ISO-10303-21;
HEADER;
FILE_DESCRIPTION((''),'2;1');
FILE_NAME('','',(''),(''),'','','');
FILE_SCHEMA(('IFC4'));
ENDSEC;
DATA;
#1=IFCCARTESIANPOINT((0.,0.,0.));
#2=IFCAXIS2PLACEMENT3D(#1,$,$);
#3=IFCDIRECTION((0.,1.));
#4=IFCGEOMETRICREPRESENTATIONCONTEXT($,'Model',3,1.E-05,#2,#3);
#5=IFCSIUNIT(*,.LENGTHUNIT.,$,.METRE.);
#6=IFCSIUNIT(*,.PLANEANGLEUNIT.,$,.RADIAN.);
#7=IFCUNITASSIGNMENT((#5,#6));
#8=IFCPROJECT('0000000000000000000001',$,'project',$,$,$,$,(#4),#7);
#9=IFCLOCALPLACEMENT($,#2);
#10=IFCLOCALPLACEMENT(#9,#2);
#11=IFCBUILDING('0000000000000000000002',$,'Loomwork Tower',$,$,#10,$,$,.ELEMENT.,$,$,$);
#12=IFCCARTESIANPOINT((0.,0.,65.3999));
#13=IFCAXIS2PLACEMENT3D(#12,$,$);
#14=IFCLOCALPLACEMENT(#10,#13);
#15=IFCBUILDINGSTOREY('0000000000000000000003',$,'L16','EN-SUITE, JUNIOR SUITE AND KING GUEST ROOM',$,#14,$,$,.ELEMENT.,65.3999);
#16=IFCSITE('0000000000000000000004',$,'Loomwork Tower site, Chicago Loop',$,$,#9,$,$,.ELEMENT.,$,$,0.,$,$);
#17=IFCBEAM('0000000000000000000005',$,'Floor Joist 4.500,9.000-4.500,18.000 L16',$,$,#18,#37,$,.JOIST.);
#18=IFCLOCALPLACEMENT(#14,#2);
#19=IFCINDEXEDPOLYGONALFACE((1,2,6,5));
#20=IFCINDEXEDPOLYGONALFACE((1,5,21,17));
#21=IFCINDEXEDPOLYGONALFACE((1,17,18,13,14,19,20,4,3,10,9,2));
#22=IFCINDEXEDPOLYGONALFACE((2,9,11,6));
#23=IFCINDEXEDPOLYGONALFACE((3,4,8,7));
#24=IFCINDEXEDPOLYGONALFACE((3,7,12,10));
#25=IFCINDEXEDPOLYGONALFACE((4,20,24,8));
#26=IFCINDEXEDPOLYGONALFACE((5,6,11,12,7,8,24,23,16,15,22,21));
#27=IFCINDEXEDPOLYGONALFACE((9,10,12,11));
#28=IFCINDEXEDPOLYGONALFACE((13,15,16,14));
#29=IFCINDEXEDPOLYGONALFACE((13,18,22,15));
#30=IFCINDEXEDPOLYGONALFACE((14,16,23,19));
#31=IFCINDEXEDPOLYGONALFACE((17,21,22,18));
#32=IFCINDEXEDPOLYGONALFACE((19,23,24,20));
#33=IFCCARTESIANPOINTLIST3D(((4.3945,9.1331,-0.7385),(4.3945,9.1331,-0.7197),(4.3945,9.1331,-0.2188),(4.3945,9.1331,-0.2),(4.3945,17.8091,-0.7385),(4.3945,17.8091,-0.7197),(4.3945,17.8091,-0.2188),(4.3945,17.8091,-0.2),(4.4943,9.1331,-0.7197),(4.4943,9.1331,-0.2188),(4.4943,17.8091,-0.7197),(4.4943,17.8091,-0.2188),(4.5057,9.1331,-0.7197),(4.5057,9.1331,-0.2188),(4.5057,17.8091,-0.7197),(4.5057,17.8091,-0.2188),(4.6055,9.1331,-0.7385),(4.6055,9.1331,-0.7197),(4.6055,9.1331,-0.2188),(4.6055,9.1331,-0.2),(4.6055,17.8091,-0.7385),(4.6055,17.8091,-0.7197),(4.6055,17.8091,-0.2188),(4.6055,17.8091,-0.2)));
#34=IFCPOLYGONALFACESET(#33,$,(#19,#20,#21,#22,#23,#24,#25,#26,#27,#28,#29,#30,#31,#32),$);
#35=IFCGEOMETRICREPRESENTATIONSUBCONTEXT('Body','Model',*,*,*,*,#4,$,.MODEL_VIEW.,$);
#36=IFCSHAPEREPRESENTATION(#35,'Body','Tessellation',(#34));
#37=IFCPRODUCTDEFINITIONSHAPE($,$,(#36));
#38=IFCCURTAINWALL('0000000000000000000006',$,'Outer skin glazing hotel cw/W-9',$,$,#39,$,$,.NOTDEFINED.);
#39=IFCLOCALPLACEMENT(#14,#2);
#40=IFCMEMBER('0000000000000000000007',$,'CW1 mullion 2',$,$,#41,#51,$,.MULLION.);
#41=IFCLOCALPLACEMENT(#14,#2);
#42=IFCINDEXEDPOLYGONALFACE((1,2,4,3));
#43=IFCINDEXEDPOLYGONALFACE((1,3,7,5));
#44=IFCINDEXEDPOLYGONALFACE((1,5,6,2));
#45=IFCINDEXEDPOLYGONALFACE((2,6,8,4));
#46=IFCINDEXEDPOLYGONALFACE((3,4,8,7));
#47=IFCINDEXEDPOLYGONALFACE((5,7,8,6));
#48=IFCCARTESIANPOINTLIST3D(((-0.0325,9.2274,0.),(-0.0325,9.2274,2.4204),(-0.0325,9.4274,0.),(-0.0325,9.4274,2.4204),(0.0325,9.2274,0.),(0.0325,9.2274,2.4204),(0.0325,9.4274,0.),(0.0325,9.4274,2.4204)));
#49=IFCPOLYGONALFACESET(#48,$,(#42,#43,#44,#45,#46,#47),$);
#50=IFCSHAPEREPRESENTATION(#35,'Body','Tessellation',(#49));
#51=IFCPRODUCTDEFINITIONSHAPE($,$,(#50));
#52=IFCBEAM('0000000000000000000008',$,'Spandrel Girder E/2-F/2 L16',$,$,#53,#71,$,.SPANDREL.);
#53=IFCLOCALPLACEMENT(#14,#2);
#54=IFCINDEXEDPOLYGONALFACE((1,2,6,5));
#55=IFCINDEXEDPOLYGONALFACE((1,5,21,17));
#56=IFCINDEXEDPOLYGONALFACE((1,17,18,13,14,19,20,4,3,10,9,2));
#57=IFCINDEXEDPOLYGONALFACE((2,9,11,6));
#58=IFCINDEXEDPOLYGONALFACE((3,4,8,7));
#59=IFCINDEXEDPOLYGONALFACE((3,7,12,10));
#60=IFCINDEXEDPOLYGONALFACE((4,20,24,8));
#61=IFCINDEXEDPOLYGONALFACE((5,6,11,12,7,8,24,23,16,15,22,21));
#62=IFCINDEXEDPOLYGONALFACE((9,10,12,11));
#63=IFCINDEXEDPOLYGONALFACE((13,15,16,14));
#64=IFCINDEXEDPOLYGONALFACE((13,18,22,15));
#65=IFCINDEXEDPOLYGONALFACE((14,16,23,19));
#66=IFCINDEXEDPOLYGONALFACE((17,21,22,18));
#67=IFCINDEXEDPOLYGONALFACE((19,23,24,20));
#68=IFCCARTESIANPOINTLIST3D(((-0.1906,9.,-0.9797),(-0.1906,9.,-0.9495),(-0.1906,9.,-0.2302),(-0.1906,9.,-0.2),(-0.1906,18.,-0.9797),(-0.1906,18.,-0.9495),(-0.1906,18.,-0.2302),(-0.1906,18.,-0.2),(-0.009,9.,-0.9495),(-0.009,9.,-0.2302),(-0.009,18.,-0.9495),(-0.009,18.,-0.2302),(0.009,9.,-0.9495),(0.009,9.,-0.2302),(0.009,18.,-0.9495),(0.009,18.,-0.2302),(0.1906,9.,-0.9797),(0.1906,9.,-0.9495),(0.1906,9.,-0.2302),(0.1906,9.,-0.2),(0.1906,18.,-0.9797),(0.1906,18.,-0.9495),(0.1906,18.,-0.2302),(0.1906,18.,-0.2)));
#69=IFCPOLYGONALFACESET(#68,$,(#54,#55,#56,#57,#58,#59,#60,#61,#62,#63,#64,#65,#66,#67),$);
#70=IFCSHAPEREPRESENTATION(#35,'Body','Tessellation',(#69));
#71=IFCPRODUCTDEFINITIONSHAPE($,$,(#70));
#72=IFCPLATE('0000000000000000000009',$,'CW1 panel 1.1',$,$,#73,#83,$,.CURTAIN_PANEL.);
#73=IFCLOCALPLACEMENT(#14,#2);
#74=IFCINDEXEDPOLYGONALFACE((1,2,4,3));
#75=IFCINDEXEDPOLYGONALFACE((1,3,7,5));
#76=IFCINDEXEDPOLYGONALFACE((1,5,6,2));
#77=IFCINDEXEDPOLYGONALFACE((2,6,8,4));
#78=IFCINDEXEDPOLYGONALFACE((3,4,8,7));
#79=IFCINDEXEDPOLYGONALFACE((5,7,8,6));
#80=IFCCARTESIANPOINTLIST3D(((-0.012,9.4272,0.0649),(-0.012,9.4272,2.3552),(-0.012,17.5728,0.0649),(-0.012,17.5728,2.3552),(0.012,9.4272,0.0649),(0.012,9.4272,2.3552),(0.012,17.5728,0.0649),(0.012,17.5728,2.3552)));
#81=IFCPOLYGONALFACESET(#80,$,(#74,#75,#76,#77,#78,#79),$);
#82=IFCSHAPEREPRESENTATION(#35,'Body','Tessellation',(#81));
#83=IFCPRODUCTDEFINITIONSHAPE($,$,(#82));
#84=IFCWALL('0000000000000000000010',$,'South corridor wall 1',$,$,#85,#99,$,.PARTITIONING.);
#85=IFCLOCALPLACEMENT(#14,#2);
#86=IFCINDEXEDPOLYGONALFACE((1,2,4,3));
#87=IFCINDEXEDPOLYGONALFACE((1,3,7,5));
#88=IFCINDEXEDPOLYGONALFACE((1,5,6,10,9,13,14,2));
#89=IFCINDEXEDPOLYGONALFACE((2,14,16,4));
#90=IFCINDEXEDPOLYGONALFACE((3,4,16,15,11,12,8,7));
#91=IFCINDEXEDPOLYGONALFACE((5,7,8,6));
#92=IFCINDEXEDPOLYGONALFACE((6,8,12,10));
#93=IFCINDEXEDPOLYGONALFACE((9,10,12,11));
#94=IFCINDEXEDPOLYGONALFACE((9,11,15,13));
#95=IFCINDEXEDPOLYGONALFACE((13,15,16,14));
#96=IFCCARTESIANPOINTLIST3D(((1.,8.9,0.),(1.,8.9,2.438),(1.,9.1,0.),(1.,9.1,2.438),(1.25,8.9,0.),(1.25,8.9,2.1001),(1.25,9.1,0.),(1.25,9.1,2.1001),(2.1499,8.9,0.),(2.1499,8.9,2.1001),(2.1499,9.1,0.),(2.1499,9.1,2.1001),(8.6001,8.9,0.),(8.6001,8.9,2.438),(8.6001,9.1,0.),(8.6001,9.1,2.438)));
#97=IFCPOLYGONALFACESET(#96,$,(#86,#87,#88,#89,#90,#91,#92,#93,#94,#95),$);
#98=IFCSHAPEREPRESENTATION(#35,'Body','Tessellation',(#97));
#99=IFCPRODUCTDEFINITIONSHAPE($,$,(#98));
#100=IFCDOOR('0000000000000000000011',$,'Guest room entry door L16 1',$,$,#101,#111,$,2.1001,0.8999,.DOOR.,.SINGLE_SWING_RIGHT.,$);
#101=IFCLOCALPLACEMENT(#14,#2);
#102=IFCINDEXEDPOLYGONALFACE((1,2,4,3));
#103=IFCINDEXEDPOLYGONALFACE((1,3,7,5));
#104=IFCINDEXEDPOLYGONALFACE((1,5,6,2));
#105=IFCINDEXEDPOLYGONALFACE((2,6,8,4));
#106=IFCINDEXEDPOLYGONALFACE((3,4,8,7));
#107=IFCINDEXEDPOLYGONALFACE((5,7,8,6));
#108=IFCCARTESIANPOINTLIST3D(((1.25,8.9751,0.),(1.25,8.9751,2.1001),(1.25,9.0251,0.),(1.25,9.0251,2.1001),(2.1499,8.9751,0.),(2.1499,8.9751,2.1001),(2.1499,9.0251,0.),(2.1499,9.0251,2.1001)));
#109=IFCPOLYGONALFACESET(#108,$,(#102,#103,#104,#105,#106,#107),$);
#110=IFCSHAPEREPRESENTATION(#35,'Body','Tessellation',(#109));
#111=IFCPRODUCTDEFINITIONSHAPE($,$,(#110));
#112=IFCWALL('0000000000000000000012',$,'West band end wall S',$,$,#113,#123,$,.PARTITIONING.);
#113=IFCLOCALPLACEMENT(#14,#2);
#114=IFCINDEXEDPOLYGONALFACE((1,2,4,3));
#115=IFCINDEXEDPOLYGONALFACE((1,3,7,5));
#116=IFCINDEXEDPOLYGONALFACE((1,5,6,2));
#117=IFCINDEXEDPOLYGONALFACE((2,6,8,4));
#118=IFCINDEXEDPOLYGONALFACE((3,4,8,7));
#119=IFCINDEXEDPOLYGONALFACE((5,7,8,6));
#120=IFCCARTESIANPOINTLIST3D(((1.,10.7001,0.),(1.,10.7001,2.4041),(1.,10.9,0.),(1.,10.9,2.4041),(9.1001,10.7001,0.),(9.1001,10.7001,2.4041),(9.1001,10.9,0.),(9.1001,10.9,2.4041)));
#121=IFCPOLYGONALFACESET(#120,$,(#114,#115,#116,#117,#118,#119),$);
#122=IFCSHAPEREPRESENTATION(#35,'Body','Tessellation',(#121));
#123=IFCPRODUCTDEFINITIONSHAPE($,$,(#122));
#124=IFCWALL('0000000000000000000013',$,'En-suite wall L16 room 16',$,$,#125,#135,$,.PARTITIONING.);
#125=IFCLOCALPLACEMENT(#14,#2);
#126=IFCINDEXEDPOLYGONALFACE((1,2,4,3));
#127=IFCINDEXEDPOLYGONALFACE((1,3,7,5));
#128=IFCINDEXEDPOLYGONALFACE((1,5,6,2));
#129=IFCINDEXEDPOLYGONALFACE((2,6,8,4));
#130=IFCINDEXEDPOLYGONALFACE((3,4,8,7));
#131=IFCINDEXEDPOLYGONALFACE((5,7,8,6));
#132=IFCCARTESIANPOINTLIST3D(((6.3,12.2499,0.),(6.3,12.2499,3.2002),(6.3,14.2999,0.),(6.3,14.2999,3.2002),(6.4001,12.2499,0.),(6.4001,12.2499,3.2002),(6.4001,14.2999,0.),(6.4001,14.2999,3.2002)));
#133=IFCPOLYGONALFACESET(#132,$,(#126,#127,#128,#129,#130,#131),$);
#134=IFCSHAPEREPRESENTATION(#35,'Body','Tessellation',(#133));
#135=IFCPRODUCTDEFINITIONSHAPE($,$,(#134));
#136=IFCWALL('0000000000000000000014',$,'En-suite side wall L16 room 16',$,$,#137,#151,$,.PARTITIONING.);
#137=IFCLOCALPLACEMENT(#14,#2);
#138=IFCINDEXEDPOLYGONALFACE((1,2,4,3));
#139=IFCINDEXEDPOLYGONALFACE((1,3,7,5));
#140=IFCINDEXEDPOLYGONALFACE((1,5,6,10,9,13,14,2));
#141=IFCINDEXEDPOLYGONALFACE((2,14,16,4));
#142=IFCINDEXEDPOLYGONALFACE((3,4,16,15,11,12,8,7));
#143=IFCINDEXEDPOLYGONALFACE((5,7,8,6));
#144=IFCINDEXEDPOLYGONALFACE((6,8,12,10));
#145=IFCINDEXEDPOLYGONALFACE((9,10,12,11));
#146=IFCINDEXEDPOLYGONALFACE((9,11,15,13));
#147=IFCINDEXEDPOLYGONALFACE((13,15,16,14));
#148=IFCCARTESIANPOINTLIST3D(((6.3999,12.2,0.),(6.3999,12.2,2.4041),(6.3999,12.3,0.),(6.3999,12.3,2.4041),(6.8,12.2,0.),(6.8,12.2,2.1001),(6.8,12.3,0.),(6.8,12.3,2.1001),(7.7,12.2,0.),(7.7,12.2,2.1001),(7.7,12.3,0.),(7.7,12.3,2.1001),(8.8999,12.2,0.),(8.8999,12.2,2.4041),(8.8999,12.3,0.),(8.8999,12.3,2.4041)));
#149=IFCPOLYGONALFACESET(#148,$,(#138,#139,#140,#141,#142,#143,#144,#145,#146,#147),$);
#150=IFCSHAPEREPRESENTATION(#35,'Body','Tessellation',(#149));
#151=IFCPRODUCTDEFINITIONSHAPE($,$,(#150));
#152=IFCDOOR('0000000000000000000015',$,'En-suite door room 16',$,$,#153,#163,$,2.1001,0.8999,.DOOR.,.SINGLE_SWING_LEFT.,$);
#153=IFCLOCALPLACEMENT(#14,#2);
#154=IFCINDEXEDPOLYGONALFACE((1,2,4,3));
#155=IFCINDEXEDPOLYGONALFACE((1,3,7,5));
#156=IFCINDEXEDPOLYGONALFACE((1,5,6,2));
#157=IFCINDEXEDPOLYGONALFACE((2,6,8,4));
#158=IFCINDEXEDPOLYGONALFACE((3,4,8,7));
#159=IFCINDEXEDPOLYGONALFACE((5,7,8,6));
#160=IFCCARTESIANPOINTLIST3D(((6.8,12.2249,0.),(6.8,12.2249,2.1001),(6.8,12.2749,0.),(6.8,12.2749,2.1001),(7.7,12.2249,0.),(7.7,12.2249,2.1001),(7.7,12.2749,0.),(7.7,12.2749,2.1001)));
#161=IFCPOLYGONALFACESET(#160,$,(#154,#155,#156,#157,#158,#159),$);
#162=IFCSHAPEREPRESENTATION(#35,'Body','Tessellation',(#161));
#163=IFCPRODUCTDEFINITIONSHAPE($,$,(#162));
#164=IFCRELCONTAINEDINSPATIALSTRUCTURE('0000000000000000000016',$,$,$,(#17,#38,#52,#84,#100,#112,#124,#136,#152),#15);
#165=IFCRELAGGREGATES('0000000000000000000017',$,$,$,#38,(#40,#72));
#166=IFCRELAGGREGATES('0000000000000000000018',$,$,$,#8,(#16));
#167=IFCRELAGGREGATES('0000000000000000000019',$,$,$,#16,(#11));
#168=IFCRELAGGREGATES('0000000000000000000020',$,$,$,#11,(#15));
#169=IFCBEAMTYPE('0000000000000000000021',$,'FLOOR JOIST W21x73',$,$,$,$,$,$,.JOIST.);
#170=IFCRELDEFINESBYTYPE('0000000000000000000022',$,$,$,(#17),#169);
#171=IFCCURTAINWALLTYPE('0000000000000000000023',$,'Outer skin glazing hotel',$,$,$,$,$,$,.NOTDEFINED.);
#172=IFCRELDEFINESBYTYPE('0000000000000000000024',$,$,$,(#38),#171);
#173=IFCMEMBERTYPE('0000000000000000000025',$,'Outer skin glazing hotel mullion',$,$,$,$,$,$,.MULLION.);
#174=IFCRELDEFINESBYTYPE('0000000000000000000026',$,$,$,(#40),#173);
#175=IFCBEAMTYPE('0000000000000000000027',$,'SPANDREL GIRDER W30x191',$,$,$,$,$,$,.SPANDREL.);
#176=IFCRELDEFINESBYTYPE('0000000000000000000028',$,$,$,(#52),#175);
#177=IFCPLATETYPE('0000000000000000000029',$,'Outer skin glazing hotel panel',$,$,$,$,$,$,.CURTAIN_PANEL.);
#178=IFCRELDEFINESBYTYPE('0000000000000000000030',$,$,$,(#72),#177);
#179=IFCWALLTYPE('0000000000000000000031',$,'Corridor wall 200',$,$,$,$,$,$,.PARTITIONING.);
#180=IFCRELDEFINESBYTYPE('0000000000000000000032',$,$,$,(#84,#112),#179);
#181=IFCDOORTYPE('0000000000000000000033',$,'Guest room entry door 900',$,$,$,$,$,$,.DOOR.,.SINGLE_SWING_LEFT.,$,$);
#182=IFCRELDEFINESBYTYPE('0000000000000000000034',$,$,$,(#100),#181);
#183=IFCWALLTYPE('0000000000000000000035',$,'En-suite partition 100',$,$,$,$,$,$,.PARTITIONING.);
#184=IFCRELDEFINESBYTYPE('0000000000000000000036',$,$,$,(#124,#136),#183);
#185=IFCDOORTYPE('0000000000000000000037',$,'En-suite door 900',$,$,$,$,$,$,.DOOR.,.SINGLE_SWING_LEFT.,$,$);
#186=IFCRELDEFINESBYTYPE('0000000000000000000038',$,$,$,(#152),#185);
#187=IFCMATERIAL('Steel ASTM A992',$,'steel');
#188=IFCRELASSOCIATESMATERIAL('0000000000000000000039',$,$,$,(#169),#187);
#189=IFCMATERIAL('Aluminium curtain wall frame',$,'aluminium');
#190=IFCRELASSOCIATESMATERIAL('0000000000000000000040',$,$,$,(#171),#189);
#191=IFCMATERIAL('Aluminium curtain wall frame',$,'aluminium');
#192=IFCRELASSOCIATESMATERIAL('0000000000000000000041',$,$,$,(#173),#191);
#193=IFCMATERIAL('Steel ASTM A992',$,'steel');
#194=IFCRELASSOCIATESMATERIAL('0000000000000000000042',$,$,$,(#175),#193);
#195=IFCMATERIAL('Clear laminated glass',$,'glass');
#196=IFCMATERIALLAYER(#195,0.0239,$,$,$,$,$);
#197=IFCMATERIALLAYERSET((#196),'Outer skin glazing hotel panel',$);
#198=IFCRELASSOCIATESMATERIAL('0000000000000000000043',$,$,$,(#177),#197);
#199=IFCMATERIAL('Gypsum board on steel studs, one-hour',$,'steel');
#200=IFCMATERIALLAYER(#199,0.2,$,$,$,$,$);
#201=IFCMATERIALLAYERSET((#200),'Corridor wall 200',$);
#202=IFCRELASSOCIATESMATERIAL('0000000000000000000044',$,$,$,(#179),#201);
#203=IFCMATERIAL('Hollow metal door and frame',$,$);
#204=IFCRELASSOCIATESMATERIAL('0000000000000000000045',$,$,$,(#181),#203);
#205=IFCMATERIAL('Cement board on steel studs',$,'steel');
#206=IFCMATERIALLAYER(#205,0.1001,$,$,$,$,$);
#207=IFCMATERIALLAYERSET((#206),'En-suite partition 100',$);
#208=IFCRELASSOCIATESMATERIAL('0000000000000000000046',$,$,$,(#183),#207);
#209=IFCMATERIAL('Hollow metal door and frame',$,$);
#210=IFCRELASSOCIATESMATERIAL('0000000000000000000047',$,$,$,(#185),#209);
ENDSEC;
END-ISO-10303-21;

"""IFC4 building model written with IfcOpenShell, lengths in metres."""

from ifc_helpers import new_model, si_unit, direction, frame, frame_2d, origin, origin_2d, place, context, subcontext, project, spatial, rectangle, i_section, extrude, material, layer, layer_set, material_profile, profile_set, type_object, element, fill, aggregate, save


model = new_model("IFC4")

# Units and contexts
model_context = context("Model", 3, precision=1e-05, world=origin(), true_north=direction((0.0, 1.0)))
body_context = subcontext(model_context, "Body", "Model", "MODEL_VIEW")
ifc_project = project(units=[si_unit("LENGTHUNIT", "METRE"), si_unit("PLANEANGLEUNIT", "RADIAN")], contexts=[model_context])

# Site, building, storey
site_placement = place(None, origin())
site = spatial("IfcSite", under=ifc_project, at=site_placement, Name="Loomwork Tower site, Chicago Loop", CompositionType="ELEMENT", RefElevation=0.0)
building_placement = place(site_placement, origin())
building = spatial("IfcBuilding", under=site, at=building_placement, Name="Loomwork Tower", CompositionType="ELEMENT")
storey_placement = place(building_placement, frame((0.0, 0.0, 65.3999)))
storey = spatial("IfcBuildingStorey", under=building, at=storey_placement, Name="L16", Description="EN-SUITE, JUNIOR SUITE AND KING GUEST ROOM", CompositionType="ELEMENT", Elevation=65.3999)

# Beam
ifc_material_1 = material(Name="Steel ASTM A992", Category="steel")
ifc_material_profile_1 = material_profile(ifc_material_1, i_section(OverallWidth=0.2109, OverallDepth=0.5386, WebThickness=0.0115, FlangeThickness=0.0188, at=origin_2d()), Name="W21x73")
ifc_profile_set_1 = profile_set([ifc_material_profile_1], Name="Steel ASTM A992")
beam_type_1 = type_object("IfcBeamType", Name="FLOOR JOIST W21x73", PredefinedType="JOIST", material=ifc_profile_set_1)
beam_1_placement = place(storey_placement, frame((4.5, 9.1331, -0.4692), z_axis=(0.0, 1.0, 0.0), x_axis=(-1.0, 0.0, 0.0)))
element("IfcBeam", 1, at=beam_1_placement, inside=storey, type_object=beam_type_1, Name="Floor Joist 4.500,9.000-4.500,18.000 L16", PredefinedType="JOIST", context=body_context, shape_type="SweptSolid", body=[
    extrude(i_section(OverallWidth=0.2109, OverallDepth=0.5386, WebThickness=0.0115, FlangeThickness=0.0188, at=origin_2d()), origin(), (0.0, 0.0, 1.0), 8.676),
])

# Curtain wall, member
ifc_material_2 = material(Name="Aluminium curtain wall frame", Category="aluminium")
curtain_wall_type = type_object("IfcCurtainWallType", Name="Outer skin glazing hotel", PredefinedType="NOTDEFINED", material=ifc_material_2)
curtain_wall_placement = place(storey_placement, origin())
curtain_wall = element("IfcCurtainWall", 2, at=curtain_wall_placement, inside=storey, type_object=curtain_wall_type, Name="Outer skin glazing hotel cw/W-9", PredefinedType="NOTDEFINED")
ifc_material_3 = material(Name="Aluminium curtain wall frame", Category="aluminium")
ifc_material_profile_2 = material_profile(ifc_material_3, rectangle(XDim=0.0649, YDim=0.2, at=origin_2d()), Name="AL 65x200")
ifc_profile_set_2 = profile_set([ifc_material_profile_2], Name="Aluminium curtain wall frame")
member_type = type_object("IfcMemberType", Name="Outer skin glazing hotel mullion", PredefinedType="MULLION", material=ifc_profile_set_2)
member_placement = place(storey_placement, frame((0.0, 9.3274, 0.0), z_axis=(0.0, 0.0, 1.0), x_axis=(1.0, 0.0, 0.0)))
member = element("IfcMember", 3, at=member_placement, type_object=member_type, Name="CW1 mullion 2", PredefinedType="MULLION", context=body_context, shape_type="SweptSolid", body=[
    extrude(rectangle(XDim=0.0649, YDim=0.2, at=origin_2d()), origin(), (0.0, 0.0, 1.0), 2.4204),
])

# Beam
ifc_material_4 = material(Name="Steel ASTM A992", Category="steel")
ifc_material_profile_3 = material_profile(ifc_material_4, i_section(OverallWidth=0.3811, OverallDepth=0.7798, WebThickness=0.0181, FlangeThickness=0.0303, at=origin_2d()), Name="W30x191")
ifc_profile_set_3 = profile_set([ifc_material_profile_3], Name="Steel ASTM A992")
beam_type_2 = type_object("IfcBeamType", Name="SPANDREL GIRDER W30x191", PredefinedType="SPANDREL", material=ifc_profile_set_3)
beam_2_placement = place(storey_placement, frame((0.0, 9.0, -0.5898), z_axis=(0.0, 1.0, 0.0), x_axis=(-1.0, 0.0, 0.0)))
element("IfcBeam", 4, at=beam_2_placement, inside=storey, type_object=beam_type_2, Name="Spandrel Girder E/2-F/2 L16", PredefinedType="SPANDREL", context=body_context, shape_type="SweptSolid", body=[
    extrude(i_section(OverallWidth=0.3811, OverallDepth=0.7798, WebThickness=0.0181, FlangeThickness=0.0303, at=origin_2d()), origin(), (0.0, 0.0, 1.0), 9.0),
])

# Plate
ifc_material_5 = material(Name="Clear laminated glass", Category="glass")
ifc_layer_1 = layer(ifc_material_5, 0.0239)
ifc_layer_set_1 = layer_set([ifc_layer_1], Name="Outer skin glazing hotel panel")
plate_type = type_object("IfcPlateType", Name="Outer skin glazing hotel panel", PredefinedType="CURTAIN_PANEL", material=ifc_layer_set_1)
plate_placement = place(storey_placement, frame((0.0, 13.5, 0.0649), z_axis=(0.0, 0.0, 1.0), x_axis=(0.0, -1.0, 0.0)))
plate = element("IfcPlate", 5, at=plate_placement, type_object=plate_type, Name="CW1 panel 1.1", PredefinedType="CURTAIN_PANEL", context=body_context, shape_type="SweptSolid", body=[
    extrude(rectangle(XDim=8.1455, YDim=0.0239, at=origin_2d()), origin(), (0.0, 0.0, 1.0), 2.2903),
])
aggregate(curtain_wall, [member, plate])

# Wall, opening, door
ifc_material_6 = material(Name="Gypsum board on steel studs, one-hour", Category="steel")
ifc_layer_2 = layer(ifc_material_6, 0.2)
ifc_layer_set_2 = layer_set([ifc_layer_2], Name="Corridor wall 200")
wall_type_1 = type_object("IfcWallType", Name="Corridor wall 200", PredefinedType="PARTITIONING", material=ifc_layer_set_2)
wall_1_placement = place(storey_placement, frame((1.0, 9.0, 0.0), z_axis=(0.0, 0.0, 1.0), x_axis=(1.0, 0.0, 0.0)))
wall_1 = element("IfcWall", 6, at=wall_1_placement, inside=storey, type_object=wall_type_1, Name="South corridor wall 1", PredefinedType="PARTITIONING", context=body_context, shape_type="SweptSolid", body=[
    extrude(rectangle(XDim=7.6001, YDim=0.2, at=frame_2d((3.8, 0.0))), origin(), (0.0, 0.0, 1.0), 2.438),
])
opening_1_placement = place(wall_1_placement, frame((0.25, 0.0, 0.0)))
opening_1 = element("IfcOpeningElement", 7, at=opening_1_placement, cuts=wall_1, PredefinedType="OPENING", context=body_context, shape_type="SweptSolid", body=[
    extrude(rectangle(XDim=0.8999, YDim=2.1001, at=frame_2d((0.45, 1.05))), frame((0.0, 0.1099, 0.0), z_axis=(0.0, -1.0, 0.0), x_axis=(1.0, 0.0, 0.0)), (0.0, 0.0, 1.0), 0.22),
])
ifc_material_7 = material(Name="Hollow metal door and frame")
door_type_1 = type_object("IfcDoorType", Name="Guest room entry door 900", OperationType="SINGLE_SWING_LEFT", PredefinedType="DOOR", material=ifc_material_7)
door_1_placement = place(opening_1_placement, frame((0.8999, 0.0, 0.0), z_axis=(0.0, 0.0, 1.0), x_axis=(-1.0, 0.0, 0.0)))
door_1 = element("IfcDoor", 8, at=door_1_placement, inside=storey, type_object=door_type_1, Name="Guest room entry door L16 1", OperationType="SINGLE_SWING_RIGHT", OverallHeight=2.1001, OverallWidth=0.8999, PredefinedType="DOOR", context=body_context, shape_type="SweptSolid", body=[
    extrude(rectangle(XDim=0.8999, YDim=2.1001, at=frame_2d((0.45, 1.05))), frame((0.0, 0.0249, 0.0), z_axis=(0.0, -1.0, 0.0), x_axis=(1.0, 0.0, 0.0)), (0.0, 0.0, 1.0), 0.05),
])
fill(opening_1, door_1)

# Walls
wall_2_placement = place(storey_placement, frame((1.0, 10.8, 0.0), z_axis=(0.0, 0.0, 1.0), x_axis=(1.0, 0.0, 0.0)))
element("IfcWall", 9, at=wall_2_placement, inside=storey, type_object=wall_type_1, Name="West band end wall S", PredefinedType="PARTITIONING", context=body_context, shape_type="SweptSolid", body=[
    extrude(rectangle(XDim=8.1001, YDim=0.2, at=frame_2d((4.05, 0.0))), origin(), (0.0, 0.0, 1.0), 2.4041),
])
ifc_material_8 = material(Name="Cement board on steel studs", Category="steel")
ifc_layer_3 = layer(ifc_material_8, 0.1001)
ifc_layer_set_3 = layer_set([ifc_layer_3], Name="En-suite partition 100")
wall_type_2 = type_object("IfcWallType", Name="En-suite partition 100", PredefinedType="PARTITIONING", material=ifc_layer_set_3)
wall_3_placement = place(storey_placement, frame((6.3501, 12.25, 0.0), z_axis=(0.0, 0.0, 1.0), x_axis=(0.0, 1.0, 0.0)))
element("IfcWall", 10, at=wall_3_placement, inside=storey, type_object=wall_type_2, Name="En-suite wall L16 room 16", PredefinedType="PARTITIONING", context=body_context, shape_type="SweptSolid", body=[
    extrude(rectangle(XDim=2.05, YDim=0.1001, at=frame_2d((1.0249, 0.0))), origin(), (0.0, 0.0, 1.0), 3.2002),
])

# Wall, opening, door
wall_4_placement = place(storey_placement, frame((8.8999, 12.25, 0.0), z_axis=(0.0, 0.0, 1.0), x_axis=(-1.0, 0.0, 0.0)))
wall_4 = element("IfcWall", 11, at=wall_4_placement, inside=storey, type_object=wall_type_2, Name="En-suite side wall L16 room 16", PredefinedType="PARTITIONING", context=body_context, shape_type="SweptSolid", body=[
    extrude(rectangle(XDim=2.5, YDim=0.1001, at=frame_2d((1.25, 0.0))), origin(), (0.0, 0.0, 1.0), 2.4041),
])
opening_2_placement = place(wall_4_placement, frame((1.2, 0.0, 0.0)))
opening_2 = element("IfcOpeningElement", 12, at=opening_2_placement, cuts=wall_4, PredefinedType="OPENING", context=body_context, shape_type="SweptSolid", body=[
    extrude(rectangle(XDim=0.8999, YDim=2.1001, at=frame_2d((0.45, 1.05))), frame((0.0, 0.0601, 0.0), z_axis=(0.0, -1.0, 0.0), x_axis=(1.0, 0.0, 0.0)), (0.0, 0.0, 1.0), 0.1201),
])
ifc_material_9 = material(Name="Hollow metal door and frame")
door_type_2 = type_object("IfcDoorType", Name="En-suite door 900", OperationType="SINGLE_SWING_LEFT", PredefinedType="DOOR", material=ifc_material_9)
door_2_placement = place(opening_2_placement, frame((0.8999, 0.0, 0.0), z_axis=(0.0, 0.0, 1.0), x_axis=(-1.0, 0.0, 0.0)))
door_2 = element("IfcDoor", 13, at=door_2_placement, inside=storey, type_object=door_type_2, Name="En-suite door room 16", OperationType="SINGLE_SWING_LEFT", OverallHeight=2.1001, OverallWidth=0.8999, PredefinedType="DOOR", context=body_context, shape_type="SweptSolid", body=[
    extrude(rectangle(XDim=0.8999, YDim=2.1001, at=frame_2d((0.45, 1.05))), frame((0.0, 0.0249, 0.0), z_axis=(0.0, -1.0, 0.0), x_axis=(1.0, 0.0, 0.0)), (0.0, 0.0, 1.0), 0.05),
])
fill(opening_2, door_2)

save(model, "model.ifc")
